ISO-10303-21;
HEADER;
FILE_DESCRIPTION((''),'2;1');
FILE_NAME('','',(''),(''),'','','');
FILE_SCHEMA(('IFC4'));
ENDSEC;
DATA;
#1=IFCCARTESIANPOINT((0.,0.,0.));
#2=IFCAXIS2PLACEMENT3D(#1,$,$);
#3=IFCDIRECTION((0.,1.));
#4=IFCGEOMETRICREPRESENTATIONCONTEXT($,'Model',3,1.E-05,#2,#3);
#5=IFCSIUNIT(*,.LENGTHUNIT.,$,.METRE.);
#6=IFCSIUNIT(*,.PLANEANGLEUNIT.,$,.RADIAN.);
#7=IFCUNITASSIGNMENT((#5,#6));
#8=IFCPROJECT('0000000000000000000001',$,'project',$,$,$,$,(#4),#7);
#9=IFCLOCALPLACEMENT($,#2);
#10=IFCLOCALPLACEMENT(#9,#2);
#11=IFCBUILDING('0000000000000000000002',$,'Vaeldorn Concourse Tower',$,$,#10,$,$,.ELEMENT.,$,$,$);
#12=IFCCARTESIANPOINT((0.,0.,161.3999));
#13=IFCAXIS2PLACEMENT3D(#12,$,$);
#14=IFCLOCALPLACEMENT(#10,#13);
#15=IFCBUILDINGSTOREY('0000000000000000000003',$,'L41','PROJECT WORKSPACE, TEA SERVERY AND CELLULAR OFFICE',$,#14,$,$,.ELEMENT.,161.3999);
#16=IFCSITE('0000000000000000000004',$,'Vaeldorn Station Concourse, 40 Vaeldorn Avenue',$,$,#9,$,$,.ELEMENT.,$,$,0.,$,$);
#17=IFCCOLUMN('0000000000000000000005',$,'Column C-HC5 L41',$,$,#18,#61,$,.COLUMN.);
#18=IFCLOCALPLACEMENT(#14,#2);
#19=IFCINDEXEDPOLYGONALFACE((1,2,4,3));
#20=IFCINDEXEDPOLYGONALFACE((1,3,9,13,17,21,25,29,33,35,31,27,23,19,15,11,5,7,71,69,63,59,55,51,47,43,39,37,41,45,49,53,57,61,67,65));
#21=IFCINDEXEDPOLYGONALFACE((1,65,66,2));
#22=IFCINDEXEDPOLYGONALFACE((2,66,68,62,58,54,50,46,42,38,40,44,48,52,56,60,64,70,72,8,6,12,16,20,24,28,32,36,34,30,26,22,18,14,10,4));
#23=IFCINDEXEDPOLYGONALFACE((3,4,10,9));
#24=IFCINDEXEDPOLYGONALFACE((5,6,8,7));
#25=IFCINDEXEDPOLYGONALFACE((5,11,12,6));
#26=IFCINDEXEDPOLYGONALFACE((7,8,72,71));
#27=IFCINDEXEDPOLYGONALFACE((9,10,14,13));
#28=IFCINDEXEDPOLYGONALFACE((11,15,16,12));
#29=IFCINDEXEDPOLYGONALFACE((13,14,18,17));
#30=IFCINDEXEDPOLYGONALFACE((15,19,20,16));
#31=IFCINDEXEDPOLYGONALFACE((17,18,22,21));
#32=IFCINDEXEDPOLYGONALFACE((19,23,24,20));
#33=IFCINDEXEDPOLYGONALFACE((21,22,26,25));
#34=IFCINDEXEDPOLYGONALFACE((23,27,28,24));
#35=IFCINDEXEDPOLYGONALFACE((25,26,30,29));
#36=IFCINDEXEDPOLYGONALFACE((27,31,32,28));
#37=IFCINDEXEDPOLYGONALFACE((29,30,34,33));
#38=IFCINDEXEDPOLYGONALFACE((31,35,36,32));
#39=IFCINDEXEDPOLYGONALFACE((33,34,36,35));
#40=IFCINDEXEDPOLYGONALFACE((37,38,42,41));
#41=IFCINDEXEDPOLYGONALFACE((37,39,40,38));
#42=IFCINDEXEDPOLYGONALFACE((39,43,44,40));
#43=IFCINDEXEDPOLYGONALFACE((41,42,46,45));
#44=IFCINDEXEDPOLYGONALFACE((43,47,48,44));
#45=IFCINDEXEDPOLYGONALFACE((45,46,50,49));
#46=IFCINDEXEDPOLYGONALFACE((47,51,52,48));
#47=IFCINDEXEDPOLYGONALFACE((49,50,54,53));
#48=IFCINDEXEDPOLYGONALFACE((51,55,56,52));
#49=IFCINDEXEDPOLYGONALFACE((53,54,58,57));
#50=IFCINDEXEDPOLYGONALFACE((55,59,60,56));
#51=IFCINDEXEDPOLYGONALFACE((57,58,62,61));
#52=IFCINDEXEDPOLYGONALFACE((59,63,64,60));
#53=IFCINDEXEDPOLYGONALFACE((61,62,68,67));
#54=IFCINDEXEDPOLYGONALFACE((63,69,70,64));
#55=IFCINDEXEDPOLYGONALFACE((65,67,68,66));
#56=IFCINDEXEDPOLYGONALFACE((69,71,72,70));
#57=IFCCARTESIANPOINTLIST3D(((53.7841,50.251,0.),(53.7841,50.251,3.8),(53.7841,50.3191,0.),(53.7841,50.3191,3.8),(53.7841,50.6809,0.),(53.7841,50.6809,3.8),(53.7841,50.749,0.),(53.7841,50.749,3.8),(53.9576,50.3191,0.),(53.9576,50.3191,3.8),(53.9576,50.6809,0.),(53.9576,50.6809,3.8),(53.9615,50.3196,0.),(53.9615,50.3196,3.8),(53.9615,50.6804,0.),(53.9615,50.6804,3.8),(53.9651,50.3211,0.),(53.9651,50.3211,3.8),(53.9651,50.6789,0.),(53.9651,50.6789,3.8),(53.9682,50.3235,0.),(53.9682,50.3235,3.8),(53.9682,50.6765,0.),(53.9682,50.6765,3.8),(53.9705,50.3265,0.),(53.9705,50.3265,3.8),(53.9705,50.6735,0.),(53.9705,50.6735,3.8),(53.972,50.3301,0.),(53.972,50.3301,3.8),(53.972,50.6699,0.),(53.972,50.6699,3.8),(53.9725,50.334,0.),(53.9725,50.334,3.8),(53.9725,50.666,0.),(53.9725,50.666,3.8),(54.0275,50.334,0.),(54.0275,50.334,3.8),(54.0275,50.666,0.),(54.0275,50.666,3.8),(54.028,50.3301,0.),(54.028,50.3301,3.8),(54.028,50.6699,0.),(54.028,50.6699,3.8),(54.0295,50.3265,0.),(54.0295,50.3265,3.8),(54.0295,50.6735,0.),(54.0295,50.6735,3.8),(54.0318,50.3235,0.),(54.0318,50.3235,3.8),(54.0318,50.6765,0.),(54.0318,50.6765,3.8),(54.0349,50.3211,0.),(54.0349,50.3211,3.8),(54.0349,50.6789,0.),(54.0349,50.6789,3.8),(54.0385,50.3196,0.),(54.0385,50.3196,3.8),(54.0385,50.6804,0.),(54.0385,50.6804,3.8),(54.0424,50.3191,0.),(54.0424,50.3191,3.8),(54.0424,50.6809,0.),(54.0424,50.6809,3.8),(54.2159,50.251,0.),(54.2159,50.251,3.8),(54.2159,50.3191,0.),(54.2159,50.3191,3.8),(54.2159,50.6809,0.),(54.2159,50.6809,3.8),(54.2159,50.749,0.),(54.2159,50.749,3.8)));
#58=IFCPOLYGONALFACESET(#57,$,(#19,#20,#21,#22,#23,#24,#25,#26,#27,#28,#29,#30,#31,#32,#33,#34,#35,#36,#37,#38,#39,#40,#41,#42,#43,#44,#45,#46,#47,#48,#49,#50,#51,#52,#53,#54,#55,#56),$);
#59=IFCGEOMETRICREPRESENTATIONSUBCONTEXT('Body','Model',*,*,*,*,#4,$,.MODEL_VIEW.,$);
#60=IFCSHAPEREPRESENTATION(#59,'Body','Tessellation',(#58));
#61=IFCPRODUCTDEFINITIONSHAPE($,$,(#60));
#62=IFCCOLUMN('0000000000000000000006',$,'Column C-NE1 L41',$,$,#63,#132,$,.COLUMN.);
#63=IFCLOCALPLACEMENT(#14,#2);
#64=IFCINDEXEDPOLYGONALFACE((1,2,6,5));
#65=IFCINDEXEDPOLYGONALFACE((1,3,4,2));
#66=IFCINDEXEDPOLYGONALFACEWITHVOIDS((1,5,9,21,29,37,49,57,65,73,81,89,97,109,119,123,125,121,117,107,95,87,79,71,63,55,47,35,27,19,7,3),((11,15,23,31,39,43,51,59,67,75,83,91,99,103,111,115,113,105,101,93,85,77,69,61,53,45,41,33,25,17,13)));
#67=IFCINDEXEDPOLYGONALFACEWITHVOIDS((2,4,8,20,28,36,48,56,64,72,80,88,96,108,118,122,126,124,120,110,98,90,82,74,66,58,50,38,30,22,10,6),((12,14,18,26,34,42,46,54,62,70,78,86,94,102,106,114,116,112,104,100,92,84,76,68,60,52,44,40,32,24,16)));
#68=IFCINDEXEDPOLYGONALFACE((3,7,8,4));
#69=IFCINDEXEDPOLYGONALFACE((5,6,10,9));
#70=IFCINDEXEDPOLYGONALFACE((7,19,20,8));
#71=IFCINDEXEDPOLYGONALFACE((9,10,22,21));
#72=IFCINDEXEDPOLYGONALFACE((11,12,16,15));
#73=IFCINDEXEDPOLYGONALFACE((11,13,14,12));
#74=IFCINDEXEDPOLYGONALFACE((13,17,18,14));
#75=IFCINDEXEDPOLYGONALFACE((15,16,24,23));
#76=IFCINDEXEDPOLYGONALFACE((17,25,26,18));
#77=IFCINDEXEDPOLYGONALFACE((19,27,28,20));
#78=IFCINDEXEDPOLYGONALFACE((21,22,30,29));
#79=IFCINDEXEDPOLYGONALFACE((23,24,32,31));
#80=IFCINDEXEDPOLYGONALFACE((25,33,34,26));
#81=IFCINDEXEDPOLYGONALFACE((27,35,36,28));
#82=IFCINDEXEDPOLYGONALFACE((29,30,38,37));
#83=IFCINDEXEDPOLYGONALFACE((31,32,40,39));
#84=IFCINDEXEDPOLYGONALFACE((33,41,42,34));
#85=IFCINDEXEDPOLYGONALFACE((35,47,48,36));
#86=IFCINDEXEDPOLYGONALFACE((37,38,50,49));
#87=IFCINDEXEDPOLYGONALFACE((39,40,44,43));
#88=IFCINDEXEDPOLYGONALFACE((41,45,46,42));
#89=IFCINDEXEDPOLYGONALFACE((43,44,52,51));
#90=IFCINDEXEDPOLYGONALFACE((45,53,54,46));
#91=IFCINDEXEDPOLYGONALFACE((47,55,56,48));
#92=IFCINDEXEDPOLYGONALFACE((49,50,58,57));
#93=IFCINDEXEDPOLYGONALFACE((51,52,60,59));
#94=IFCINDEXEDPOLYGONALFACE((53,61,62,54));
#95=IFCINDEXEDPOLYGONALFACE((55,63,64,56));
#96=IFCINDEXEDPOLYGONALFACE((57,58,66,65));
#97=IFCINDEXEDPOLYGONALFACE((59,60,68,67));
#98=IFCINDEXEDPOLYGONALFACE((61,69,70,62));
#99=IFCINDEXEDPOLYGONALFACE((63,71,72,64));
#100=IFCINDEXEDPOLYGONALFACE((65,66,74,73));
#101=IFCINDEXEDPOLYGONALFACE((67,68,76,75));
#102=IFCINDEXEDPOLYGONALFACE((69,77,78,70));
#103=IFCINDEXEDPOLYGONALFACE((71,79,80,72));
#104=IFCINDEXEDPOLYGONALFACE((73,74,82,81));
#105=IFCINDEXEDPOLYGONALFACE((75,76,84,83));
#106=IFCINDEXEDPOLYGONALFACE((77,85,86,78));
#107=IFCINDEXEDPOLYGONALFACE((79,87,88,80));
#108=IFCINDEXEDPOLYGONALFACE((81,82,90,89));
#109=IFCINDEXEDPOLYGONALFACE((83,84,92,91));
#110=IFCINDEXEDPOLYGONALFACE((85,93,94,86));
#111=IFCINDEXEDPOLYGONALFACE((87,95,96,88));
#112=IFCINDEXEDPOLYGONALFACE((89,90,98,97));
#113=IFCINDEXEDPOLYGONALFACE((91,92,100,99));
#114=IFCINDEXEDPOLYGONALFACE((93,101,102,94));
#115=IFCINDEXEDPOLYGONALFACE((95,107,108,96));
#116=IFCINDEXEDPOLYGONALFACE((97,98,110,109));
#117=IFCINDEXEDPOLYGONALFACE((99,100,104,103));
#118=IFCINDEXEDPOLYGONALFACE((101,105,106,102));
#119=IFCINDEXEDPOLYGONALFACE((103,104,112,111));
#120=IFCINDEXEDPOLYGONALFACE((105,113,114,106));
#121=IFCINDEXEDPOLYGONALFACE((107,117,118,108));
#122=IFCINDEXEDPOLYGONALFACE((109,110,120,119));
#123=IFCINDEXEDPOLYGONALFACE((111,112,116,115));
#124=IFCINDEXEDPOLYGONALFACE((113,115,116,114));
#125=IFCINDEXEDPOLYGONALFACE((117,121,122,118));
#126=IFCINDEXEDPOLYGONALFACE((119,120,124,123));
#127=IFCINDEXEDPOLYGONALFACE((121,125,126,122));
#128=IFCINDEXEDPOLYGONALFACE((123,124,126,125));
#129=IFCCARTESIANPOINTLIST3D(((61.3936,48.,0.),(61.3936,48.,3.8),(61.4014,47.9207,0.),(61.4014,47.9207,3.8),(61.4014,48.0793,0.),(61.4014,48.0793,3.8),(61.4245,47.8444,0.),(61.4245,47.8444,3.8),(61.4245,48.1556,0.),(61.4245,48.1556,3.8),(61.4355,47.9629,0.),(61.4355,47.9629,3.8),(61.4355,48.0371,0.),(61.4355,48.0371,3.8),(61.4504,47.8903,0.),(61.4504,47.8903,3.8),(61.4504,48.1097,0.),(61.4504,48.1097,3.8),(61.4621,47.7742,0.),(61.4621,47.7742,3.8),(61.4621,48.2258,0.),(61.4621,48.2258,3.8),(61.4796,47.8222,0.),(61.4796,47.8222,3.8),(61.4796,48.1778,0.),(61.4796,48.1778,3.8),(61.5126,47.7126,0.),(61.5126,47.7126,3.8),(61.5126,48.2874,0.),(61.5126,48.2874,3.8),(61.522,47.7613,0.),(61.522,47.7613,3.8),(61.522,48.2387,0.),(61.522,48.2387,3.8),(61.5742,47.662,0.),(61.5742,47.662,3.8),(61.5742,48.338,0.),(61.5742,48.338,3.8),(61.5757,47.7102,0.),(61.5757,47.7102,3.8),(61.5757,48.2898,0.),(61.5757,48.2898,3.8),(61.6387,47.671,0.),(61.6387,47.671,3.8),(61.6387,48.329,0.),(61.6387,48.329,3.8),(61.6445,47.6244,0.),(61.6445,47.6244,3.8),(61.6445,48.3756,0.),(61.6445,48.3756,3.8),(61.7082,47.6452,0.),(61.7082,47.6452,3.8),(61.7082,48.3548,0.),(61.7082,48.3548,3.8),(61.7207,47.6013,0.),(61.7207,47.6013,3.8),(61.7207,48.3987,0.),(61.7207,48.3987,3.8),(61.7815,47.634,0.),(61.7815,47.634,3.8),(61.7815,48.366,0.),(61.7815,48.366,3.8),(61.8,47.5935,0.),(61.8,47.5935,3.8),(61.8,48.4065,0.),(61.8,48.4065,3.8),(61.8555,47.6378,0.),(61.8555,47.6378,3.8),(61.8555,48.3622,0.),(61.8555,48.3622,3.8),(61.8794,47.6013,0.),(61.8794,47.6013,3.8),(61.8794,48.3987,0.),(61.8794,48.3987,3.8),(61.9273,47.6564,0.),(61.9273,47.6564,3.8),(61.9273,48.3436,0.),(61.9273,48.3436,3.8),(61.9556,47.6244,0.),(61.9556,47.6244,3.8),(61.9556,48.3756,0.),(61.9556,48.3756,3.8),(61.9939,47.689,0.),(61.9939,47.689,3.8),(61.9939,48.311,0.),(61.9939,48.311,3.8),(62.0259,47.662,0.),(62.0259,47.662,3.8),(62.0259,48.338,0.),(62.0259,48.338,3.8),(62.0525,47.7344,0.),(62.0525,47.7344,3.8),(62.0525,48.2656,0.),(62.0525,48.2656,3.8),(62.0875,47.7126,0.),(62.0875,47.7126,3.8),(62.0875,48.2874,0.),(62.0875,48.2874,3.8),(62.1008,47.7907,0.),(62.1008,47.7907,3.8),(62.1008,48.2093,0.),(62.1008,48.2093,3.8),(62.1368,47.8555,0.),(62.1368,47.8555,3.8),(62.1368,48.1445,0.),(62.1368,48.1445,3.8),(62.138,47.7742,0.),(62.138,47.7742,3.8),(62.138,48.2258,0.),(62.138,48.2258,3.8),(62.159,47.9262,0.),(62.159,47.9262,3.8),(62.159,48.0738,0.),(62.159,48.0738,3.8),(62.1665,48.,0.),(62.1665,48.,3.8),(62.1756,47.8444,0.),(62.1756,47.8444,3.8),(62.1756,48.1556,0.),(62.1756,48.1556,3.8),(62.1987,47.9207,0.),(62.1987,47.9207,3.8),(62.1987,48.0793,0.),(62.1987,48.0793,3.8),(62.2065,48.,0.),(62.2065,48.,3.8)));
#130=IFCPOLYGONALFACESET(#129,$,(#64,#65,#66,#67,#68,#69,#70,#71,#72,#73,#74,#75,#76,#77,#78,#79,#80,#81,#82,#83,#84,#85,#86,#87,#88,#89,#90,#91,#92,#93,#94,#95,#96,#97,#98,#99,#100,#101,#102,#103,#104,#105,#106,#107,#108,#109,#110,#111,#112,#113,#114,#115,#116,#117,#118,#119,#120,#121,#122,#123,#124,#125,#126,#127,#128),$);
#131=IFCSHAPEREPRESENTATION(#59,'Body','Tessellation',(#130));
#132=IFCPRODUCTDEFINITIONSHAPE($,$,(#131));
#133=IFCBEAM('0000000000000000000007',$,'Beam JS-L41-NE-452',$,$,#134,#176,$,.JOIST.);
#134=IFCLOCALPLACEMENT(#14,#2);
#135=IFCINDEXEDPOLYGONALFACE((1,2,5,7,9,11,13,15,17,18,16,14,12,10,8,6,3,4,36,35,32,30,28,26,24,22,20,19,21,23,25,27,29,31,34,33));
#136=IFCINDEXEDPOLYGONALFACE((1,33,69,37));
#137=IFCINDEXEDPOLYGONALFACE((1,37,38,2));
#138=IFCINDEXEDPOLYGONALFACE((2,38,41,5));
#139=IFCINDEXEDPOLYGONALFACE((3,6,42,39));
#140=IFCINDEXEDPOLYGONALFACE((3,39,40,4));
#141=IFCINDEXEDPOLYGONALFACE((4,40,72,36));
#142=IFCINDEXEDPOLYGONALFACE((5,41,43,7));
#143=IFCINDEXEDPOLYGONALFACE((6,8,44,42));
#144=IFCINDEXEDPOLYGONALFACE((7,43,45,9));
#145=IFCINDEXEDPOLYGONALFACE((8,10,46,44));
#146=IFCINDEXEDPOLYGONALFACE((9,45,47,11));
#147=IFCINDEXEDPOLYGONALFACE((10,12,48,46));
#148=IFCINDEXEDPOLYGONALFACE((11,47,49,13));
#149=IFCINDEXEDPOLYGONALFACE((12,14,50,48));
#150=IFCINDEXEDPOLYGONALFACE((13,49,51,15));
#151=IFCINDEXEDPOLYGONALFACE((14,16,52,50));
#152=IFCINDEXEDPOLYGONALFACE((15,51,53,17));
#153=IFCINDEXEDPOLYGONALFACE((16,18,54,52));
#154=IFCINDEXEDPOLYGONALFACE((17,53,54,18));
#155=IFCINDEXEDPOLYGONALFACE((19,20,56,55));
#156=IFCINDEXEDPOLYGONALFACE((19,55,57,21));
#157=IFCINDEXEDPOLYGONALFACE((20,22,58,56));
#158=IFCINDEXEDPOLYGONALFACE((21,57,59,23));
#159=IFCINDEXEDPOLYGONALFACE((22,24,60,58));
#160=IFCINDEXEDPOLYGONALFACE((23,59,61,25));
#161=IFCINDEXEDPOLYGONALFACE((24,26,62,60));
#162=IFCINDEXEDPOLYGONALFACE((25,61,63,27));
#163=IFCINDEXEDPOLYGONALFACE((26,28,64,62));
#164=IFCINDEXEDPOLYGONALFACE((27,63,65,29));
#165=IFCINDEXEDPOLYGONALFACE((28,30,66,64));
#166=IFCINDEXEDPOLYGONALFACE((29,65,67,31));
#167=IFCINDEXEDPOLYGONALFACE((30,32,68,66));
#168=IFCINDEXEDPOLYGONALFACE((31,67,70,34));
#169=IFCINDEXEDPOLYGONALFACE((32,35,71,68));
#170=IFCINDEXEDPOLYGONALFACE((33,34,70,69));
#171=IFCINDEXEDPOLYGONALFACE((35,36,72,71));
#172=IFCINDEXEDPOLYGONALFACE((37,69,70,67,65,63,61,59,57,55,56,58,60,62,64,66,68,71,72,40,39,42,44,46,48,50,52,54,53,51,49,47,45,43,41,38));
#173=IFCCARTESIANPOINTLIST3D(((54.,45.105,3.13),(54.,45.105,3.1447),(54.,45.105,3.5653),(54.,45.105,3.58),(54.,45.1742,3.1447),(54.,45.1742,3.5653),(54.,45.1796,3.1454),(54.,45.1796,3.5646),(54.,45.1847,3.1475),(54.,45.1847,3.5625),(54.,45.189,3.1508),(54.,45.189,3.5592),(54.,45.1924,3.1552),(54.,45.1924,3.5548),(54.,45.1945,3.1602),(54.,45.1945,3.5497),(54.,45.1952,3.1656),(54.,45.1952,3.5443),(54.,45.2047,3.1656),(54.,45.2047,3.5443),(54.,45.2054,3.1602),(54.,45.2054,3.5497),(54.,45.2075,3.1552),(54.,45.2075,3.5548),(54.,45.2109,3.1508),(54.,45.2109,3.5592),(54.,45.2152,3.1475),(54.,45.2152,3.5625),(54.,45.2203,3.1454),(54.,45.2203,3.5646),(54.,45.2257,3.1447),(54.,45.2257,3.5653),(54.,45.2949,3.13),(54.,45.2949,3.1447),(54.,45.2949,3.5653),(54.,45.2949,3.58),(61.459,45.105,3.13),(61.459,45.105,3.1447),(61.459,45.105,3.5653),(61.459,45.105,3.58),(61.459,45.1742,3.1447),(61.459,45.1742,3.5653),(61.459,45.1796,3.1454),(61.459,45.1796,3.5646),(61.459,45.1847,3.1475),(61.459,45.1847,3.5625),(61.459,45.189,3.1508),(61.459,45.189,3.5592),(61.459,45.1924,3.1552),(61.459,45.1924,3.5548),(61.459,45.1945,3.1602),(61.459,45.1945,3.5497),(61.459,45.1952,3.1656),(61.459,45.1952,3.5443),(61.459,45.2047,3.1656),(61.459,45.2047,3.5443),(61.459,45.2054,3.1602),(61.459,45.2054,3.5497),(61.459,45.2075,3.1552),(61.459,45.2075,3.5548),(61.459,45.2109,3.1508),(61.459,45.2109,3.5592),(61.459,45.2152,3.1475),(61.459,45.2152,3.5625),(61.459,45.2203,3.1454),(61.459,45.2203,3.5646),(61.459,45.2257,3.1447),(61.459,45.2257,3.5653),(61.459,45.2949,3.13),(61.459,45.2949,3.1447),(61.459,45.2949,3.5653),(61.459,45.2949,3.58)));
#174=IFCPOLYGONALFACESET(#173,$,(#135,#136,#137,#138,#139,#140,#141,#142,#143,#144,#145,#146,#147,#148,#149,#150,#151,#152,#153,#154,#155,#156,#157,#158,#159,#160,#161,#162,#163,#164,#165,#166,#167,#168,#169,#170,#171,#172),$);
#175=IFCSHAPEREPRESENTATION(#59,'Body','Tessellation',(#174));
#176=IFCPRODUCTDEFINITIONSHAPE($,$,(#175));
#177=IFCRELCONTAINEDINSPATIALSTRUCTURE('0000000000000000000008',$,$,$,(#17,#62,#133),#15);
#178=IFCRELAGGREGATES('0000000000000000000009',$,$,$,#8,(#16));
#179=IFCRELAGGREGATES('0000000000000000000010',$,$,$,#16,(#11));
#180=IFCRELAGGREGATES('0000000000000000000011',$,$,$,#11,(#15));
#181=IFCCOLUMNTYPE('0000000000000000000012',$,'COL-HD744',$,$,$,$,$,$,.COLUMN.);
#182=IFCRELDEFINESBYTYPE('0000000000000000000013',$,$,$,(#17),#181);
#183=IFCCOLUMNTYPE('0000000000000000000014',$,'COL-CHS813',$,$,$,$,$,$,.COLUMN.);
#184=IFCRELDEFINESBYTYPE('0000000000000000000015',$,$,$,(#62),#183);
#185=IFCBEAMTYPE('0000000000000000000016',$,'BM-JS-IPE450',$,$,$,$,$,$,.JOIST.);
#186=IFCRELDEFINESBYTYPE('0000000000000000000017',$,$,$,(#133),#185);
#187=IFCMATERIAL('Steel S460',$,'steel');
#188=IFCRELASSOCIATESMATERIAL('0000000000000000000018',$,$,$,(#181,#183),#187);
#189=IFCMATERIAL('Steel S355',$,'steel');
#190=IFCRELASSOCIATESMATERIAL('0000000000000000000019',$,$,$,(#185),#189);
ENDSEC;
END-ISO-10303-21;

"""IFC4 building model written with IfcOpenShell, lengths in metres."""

from ifc_helpers import new_model, si_unit, direction, frame, origin, origin_2d, place, context, subcontext, project, spatial, hollow_circle, i_section, extrude, source, transform, mapped, material, material_profile, profile_set, type_object, element, save


model = new_model("IFC4")

# Units and contexts
model_context = context("Model", 3, precision=1e-05, world=origin(), true_north=direction((0.0, 1.0)))
body_context = subcontext(model_context, "Body", "Model", "MODEL_VIEW")
ifc_project = project(units=[si_unit("LENGTHUNIT", "METRE"), si_unit("PLANEANGLEUNIT", "RADIAN")], contexts=[model_context])

# Site, building, storey
site_placement = place(None, origin())
site = spatial("IfcSite", under=ifc_project, at=site_placement, Name="Vaeldorn Station Concourse, 40 Vaeldorn Avenue", CompositionType="ELEMENT", RefElevation=0.0)
building_placement = place(site_placement, origin())
building = spatial("IfcBuilding", under=site, at=building_placement, Name="Vaeldorn Concourse Tower", CompositionType="ELEMENT")
storey_placement = place(building_placement, frame((0.0, 0.0, 161.3999)))
storey = spatial("IfcBuildingStorey", under=building, at=storey_placement, Name="L41", Description="PROJECT WORKSPACE, TEA SERVERY AND CELLULAR OFFICE", CompositionType="ELEMENT", Elevation=161.3999)

# Columns
ifc_material_1 = material(Name="Steel S460", Category="steel")
ifc_material_profile_1 = material_profile(ifc_material_1, i_section(OverallWidth=0.4319, OverallDepth=0.498, WebThickness=0.0549, FlangeThickness=0.0681, FilletRadius=0.0149, at=origin_2d()), Name="HD 400x744")
ifc_profile_set_1 = profile_set([ifc_material_profile_1], Name="Steel S460")
column_type_1 = type_object("IfcColumnType", Name="COL-HD744", PredefinedType="COLUMN", material=ifc_profile_set_1)
shared_shape_1 = source(origin(), body_context, "Body", "SweptSolid", [
    extrude(i_section(OverallWidth=0.4319, OverallDepth=0.498, WebThickness=0.0549, FlangeThickness=0.0681, FilletRadius=0.0149, at=origin_2d()), origin(), (0.0, 0.0, 1.0), 3.8),
])
column_1_placement = place(storey_placement, frame((54.0, 50.5, 0.0), z_axis=(0.0, 0.0, 1.0), x_axis=(1.0, 0.0, 0.0)))
element("IfcColumn", 1, at=column_1_placement, inside=storey, type_object=column_type_1, Name="Column C-HC5 L41", PredefinedType="COLUMN", context=body_context, shape_type="MappedRepresentation", body=[
    mapped(shared_shape_1, transform((0.0, 0.0, 0.0), scale=1.0)),
])
ifc_material_profile_2 = material_profile(ifc_material_1, hollow_circle(Radius=0.4065, WallThickness=0.04, at=origin_2d()), Name="CHS 813x40")
ifc_profile_set_2 = profile_set([ifc_material_profile_2], Name="Steel S460")
column_type_2 = type_object("IfcColumnType", Name="COL-CHS813", PredefinedType="COLUMN", material=ifc_profile_set_2)
shared_shape_2 = source(origin(), body_context, "Body", "SweptSolid", [
    extrude(hollow_circle(Radius=0.4065, WallThickness=0.04, at=origin_2d()), origin(), (0.0, 0.0, 1.0), 3.8),
])
column_2_placement = place(storey_placement, frame((61.8, 48.0, 0.0), z_axis=(0.0, 0.0, 1.0), x_axis=(1.0, 0.0, 0.0)))
element("IfcColumn", 2, at=column_2_placement, inside=storey, type_object=column_type_2, Name="Column C-NE1 L41", PredefinedType="COLUMN", context=body_context, shape_type="MappedRepresentation", body=[
    mapped(shared_shape_2, transform((0.0, 0.0, 0.0), scale=1.0)),
])

# Beam
ifc_material_2 = material(Name="Steel S355", Category="steel")
ifc_material_profile_3 = material_profile(ifc_material_2, i_section(OverallWidth=0.1899, OverallDepth=0.45, WebThickness=0.0095, FlangeThickness=0.0146, FilletRadius=0.021, at=origin_2d()), Name="IPE 450")
ifc_profile_set_3 = profile_set([ifc_material_profile_3], Name="Steel S355")
beam_type_1 = type_object("IfcBeamType", Name="BM-JS-IPE450", PredefinedType="JOIST", material=ifc_profile_set_3)
shared_shape_3 = source(origin(), body_context, "Body", "SweptSolid", [
    extrude(i_section(OverallWidth=0.1899, OverallDepth=0.45, WebThickness=0.0095, FlangeThickness=0.0146, FilletRadius=0.021, at=origin_2d()), origin(), (0.0, 0.0, 1.0), 7.459),
])
beam_1_placement = place(storey_placement, frame((54.0, 45.2, 3.355), z_axis=(1.0, 0.0, 0.0), x_axis=(0.0, 1.0, 0.0)))
element("IfcBeam", 3, at=beam_1_placement, inside=storey, type_object=beam_type_1, Name="Beam JS-L41-NE-452", PredefinedType="JOIST", context=body_context, shape_type="MappedRepresentation", body=[
    mapped(shared_shape_3, transform((0.0, 0.0, 0.0), scale=1.0)),
])

save(model, "model.ifc")
